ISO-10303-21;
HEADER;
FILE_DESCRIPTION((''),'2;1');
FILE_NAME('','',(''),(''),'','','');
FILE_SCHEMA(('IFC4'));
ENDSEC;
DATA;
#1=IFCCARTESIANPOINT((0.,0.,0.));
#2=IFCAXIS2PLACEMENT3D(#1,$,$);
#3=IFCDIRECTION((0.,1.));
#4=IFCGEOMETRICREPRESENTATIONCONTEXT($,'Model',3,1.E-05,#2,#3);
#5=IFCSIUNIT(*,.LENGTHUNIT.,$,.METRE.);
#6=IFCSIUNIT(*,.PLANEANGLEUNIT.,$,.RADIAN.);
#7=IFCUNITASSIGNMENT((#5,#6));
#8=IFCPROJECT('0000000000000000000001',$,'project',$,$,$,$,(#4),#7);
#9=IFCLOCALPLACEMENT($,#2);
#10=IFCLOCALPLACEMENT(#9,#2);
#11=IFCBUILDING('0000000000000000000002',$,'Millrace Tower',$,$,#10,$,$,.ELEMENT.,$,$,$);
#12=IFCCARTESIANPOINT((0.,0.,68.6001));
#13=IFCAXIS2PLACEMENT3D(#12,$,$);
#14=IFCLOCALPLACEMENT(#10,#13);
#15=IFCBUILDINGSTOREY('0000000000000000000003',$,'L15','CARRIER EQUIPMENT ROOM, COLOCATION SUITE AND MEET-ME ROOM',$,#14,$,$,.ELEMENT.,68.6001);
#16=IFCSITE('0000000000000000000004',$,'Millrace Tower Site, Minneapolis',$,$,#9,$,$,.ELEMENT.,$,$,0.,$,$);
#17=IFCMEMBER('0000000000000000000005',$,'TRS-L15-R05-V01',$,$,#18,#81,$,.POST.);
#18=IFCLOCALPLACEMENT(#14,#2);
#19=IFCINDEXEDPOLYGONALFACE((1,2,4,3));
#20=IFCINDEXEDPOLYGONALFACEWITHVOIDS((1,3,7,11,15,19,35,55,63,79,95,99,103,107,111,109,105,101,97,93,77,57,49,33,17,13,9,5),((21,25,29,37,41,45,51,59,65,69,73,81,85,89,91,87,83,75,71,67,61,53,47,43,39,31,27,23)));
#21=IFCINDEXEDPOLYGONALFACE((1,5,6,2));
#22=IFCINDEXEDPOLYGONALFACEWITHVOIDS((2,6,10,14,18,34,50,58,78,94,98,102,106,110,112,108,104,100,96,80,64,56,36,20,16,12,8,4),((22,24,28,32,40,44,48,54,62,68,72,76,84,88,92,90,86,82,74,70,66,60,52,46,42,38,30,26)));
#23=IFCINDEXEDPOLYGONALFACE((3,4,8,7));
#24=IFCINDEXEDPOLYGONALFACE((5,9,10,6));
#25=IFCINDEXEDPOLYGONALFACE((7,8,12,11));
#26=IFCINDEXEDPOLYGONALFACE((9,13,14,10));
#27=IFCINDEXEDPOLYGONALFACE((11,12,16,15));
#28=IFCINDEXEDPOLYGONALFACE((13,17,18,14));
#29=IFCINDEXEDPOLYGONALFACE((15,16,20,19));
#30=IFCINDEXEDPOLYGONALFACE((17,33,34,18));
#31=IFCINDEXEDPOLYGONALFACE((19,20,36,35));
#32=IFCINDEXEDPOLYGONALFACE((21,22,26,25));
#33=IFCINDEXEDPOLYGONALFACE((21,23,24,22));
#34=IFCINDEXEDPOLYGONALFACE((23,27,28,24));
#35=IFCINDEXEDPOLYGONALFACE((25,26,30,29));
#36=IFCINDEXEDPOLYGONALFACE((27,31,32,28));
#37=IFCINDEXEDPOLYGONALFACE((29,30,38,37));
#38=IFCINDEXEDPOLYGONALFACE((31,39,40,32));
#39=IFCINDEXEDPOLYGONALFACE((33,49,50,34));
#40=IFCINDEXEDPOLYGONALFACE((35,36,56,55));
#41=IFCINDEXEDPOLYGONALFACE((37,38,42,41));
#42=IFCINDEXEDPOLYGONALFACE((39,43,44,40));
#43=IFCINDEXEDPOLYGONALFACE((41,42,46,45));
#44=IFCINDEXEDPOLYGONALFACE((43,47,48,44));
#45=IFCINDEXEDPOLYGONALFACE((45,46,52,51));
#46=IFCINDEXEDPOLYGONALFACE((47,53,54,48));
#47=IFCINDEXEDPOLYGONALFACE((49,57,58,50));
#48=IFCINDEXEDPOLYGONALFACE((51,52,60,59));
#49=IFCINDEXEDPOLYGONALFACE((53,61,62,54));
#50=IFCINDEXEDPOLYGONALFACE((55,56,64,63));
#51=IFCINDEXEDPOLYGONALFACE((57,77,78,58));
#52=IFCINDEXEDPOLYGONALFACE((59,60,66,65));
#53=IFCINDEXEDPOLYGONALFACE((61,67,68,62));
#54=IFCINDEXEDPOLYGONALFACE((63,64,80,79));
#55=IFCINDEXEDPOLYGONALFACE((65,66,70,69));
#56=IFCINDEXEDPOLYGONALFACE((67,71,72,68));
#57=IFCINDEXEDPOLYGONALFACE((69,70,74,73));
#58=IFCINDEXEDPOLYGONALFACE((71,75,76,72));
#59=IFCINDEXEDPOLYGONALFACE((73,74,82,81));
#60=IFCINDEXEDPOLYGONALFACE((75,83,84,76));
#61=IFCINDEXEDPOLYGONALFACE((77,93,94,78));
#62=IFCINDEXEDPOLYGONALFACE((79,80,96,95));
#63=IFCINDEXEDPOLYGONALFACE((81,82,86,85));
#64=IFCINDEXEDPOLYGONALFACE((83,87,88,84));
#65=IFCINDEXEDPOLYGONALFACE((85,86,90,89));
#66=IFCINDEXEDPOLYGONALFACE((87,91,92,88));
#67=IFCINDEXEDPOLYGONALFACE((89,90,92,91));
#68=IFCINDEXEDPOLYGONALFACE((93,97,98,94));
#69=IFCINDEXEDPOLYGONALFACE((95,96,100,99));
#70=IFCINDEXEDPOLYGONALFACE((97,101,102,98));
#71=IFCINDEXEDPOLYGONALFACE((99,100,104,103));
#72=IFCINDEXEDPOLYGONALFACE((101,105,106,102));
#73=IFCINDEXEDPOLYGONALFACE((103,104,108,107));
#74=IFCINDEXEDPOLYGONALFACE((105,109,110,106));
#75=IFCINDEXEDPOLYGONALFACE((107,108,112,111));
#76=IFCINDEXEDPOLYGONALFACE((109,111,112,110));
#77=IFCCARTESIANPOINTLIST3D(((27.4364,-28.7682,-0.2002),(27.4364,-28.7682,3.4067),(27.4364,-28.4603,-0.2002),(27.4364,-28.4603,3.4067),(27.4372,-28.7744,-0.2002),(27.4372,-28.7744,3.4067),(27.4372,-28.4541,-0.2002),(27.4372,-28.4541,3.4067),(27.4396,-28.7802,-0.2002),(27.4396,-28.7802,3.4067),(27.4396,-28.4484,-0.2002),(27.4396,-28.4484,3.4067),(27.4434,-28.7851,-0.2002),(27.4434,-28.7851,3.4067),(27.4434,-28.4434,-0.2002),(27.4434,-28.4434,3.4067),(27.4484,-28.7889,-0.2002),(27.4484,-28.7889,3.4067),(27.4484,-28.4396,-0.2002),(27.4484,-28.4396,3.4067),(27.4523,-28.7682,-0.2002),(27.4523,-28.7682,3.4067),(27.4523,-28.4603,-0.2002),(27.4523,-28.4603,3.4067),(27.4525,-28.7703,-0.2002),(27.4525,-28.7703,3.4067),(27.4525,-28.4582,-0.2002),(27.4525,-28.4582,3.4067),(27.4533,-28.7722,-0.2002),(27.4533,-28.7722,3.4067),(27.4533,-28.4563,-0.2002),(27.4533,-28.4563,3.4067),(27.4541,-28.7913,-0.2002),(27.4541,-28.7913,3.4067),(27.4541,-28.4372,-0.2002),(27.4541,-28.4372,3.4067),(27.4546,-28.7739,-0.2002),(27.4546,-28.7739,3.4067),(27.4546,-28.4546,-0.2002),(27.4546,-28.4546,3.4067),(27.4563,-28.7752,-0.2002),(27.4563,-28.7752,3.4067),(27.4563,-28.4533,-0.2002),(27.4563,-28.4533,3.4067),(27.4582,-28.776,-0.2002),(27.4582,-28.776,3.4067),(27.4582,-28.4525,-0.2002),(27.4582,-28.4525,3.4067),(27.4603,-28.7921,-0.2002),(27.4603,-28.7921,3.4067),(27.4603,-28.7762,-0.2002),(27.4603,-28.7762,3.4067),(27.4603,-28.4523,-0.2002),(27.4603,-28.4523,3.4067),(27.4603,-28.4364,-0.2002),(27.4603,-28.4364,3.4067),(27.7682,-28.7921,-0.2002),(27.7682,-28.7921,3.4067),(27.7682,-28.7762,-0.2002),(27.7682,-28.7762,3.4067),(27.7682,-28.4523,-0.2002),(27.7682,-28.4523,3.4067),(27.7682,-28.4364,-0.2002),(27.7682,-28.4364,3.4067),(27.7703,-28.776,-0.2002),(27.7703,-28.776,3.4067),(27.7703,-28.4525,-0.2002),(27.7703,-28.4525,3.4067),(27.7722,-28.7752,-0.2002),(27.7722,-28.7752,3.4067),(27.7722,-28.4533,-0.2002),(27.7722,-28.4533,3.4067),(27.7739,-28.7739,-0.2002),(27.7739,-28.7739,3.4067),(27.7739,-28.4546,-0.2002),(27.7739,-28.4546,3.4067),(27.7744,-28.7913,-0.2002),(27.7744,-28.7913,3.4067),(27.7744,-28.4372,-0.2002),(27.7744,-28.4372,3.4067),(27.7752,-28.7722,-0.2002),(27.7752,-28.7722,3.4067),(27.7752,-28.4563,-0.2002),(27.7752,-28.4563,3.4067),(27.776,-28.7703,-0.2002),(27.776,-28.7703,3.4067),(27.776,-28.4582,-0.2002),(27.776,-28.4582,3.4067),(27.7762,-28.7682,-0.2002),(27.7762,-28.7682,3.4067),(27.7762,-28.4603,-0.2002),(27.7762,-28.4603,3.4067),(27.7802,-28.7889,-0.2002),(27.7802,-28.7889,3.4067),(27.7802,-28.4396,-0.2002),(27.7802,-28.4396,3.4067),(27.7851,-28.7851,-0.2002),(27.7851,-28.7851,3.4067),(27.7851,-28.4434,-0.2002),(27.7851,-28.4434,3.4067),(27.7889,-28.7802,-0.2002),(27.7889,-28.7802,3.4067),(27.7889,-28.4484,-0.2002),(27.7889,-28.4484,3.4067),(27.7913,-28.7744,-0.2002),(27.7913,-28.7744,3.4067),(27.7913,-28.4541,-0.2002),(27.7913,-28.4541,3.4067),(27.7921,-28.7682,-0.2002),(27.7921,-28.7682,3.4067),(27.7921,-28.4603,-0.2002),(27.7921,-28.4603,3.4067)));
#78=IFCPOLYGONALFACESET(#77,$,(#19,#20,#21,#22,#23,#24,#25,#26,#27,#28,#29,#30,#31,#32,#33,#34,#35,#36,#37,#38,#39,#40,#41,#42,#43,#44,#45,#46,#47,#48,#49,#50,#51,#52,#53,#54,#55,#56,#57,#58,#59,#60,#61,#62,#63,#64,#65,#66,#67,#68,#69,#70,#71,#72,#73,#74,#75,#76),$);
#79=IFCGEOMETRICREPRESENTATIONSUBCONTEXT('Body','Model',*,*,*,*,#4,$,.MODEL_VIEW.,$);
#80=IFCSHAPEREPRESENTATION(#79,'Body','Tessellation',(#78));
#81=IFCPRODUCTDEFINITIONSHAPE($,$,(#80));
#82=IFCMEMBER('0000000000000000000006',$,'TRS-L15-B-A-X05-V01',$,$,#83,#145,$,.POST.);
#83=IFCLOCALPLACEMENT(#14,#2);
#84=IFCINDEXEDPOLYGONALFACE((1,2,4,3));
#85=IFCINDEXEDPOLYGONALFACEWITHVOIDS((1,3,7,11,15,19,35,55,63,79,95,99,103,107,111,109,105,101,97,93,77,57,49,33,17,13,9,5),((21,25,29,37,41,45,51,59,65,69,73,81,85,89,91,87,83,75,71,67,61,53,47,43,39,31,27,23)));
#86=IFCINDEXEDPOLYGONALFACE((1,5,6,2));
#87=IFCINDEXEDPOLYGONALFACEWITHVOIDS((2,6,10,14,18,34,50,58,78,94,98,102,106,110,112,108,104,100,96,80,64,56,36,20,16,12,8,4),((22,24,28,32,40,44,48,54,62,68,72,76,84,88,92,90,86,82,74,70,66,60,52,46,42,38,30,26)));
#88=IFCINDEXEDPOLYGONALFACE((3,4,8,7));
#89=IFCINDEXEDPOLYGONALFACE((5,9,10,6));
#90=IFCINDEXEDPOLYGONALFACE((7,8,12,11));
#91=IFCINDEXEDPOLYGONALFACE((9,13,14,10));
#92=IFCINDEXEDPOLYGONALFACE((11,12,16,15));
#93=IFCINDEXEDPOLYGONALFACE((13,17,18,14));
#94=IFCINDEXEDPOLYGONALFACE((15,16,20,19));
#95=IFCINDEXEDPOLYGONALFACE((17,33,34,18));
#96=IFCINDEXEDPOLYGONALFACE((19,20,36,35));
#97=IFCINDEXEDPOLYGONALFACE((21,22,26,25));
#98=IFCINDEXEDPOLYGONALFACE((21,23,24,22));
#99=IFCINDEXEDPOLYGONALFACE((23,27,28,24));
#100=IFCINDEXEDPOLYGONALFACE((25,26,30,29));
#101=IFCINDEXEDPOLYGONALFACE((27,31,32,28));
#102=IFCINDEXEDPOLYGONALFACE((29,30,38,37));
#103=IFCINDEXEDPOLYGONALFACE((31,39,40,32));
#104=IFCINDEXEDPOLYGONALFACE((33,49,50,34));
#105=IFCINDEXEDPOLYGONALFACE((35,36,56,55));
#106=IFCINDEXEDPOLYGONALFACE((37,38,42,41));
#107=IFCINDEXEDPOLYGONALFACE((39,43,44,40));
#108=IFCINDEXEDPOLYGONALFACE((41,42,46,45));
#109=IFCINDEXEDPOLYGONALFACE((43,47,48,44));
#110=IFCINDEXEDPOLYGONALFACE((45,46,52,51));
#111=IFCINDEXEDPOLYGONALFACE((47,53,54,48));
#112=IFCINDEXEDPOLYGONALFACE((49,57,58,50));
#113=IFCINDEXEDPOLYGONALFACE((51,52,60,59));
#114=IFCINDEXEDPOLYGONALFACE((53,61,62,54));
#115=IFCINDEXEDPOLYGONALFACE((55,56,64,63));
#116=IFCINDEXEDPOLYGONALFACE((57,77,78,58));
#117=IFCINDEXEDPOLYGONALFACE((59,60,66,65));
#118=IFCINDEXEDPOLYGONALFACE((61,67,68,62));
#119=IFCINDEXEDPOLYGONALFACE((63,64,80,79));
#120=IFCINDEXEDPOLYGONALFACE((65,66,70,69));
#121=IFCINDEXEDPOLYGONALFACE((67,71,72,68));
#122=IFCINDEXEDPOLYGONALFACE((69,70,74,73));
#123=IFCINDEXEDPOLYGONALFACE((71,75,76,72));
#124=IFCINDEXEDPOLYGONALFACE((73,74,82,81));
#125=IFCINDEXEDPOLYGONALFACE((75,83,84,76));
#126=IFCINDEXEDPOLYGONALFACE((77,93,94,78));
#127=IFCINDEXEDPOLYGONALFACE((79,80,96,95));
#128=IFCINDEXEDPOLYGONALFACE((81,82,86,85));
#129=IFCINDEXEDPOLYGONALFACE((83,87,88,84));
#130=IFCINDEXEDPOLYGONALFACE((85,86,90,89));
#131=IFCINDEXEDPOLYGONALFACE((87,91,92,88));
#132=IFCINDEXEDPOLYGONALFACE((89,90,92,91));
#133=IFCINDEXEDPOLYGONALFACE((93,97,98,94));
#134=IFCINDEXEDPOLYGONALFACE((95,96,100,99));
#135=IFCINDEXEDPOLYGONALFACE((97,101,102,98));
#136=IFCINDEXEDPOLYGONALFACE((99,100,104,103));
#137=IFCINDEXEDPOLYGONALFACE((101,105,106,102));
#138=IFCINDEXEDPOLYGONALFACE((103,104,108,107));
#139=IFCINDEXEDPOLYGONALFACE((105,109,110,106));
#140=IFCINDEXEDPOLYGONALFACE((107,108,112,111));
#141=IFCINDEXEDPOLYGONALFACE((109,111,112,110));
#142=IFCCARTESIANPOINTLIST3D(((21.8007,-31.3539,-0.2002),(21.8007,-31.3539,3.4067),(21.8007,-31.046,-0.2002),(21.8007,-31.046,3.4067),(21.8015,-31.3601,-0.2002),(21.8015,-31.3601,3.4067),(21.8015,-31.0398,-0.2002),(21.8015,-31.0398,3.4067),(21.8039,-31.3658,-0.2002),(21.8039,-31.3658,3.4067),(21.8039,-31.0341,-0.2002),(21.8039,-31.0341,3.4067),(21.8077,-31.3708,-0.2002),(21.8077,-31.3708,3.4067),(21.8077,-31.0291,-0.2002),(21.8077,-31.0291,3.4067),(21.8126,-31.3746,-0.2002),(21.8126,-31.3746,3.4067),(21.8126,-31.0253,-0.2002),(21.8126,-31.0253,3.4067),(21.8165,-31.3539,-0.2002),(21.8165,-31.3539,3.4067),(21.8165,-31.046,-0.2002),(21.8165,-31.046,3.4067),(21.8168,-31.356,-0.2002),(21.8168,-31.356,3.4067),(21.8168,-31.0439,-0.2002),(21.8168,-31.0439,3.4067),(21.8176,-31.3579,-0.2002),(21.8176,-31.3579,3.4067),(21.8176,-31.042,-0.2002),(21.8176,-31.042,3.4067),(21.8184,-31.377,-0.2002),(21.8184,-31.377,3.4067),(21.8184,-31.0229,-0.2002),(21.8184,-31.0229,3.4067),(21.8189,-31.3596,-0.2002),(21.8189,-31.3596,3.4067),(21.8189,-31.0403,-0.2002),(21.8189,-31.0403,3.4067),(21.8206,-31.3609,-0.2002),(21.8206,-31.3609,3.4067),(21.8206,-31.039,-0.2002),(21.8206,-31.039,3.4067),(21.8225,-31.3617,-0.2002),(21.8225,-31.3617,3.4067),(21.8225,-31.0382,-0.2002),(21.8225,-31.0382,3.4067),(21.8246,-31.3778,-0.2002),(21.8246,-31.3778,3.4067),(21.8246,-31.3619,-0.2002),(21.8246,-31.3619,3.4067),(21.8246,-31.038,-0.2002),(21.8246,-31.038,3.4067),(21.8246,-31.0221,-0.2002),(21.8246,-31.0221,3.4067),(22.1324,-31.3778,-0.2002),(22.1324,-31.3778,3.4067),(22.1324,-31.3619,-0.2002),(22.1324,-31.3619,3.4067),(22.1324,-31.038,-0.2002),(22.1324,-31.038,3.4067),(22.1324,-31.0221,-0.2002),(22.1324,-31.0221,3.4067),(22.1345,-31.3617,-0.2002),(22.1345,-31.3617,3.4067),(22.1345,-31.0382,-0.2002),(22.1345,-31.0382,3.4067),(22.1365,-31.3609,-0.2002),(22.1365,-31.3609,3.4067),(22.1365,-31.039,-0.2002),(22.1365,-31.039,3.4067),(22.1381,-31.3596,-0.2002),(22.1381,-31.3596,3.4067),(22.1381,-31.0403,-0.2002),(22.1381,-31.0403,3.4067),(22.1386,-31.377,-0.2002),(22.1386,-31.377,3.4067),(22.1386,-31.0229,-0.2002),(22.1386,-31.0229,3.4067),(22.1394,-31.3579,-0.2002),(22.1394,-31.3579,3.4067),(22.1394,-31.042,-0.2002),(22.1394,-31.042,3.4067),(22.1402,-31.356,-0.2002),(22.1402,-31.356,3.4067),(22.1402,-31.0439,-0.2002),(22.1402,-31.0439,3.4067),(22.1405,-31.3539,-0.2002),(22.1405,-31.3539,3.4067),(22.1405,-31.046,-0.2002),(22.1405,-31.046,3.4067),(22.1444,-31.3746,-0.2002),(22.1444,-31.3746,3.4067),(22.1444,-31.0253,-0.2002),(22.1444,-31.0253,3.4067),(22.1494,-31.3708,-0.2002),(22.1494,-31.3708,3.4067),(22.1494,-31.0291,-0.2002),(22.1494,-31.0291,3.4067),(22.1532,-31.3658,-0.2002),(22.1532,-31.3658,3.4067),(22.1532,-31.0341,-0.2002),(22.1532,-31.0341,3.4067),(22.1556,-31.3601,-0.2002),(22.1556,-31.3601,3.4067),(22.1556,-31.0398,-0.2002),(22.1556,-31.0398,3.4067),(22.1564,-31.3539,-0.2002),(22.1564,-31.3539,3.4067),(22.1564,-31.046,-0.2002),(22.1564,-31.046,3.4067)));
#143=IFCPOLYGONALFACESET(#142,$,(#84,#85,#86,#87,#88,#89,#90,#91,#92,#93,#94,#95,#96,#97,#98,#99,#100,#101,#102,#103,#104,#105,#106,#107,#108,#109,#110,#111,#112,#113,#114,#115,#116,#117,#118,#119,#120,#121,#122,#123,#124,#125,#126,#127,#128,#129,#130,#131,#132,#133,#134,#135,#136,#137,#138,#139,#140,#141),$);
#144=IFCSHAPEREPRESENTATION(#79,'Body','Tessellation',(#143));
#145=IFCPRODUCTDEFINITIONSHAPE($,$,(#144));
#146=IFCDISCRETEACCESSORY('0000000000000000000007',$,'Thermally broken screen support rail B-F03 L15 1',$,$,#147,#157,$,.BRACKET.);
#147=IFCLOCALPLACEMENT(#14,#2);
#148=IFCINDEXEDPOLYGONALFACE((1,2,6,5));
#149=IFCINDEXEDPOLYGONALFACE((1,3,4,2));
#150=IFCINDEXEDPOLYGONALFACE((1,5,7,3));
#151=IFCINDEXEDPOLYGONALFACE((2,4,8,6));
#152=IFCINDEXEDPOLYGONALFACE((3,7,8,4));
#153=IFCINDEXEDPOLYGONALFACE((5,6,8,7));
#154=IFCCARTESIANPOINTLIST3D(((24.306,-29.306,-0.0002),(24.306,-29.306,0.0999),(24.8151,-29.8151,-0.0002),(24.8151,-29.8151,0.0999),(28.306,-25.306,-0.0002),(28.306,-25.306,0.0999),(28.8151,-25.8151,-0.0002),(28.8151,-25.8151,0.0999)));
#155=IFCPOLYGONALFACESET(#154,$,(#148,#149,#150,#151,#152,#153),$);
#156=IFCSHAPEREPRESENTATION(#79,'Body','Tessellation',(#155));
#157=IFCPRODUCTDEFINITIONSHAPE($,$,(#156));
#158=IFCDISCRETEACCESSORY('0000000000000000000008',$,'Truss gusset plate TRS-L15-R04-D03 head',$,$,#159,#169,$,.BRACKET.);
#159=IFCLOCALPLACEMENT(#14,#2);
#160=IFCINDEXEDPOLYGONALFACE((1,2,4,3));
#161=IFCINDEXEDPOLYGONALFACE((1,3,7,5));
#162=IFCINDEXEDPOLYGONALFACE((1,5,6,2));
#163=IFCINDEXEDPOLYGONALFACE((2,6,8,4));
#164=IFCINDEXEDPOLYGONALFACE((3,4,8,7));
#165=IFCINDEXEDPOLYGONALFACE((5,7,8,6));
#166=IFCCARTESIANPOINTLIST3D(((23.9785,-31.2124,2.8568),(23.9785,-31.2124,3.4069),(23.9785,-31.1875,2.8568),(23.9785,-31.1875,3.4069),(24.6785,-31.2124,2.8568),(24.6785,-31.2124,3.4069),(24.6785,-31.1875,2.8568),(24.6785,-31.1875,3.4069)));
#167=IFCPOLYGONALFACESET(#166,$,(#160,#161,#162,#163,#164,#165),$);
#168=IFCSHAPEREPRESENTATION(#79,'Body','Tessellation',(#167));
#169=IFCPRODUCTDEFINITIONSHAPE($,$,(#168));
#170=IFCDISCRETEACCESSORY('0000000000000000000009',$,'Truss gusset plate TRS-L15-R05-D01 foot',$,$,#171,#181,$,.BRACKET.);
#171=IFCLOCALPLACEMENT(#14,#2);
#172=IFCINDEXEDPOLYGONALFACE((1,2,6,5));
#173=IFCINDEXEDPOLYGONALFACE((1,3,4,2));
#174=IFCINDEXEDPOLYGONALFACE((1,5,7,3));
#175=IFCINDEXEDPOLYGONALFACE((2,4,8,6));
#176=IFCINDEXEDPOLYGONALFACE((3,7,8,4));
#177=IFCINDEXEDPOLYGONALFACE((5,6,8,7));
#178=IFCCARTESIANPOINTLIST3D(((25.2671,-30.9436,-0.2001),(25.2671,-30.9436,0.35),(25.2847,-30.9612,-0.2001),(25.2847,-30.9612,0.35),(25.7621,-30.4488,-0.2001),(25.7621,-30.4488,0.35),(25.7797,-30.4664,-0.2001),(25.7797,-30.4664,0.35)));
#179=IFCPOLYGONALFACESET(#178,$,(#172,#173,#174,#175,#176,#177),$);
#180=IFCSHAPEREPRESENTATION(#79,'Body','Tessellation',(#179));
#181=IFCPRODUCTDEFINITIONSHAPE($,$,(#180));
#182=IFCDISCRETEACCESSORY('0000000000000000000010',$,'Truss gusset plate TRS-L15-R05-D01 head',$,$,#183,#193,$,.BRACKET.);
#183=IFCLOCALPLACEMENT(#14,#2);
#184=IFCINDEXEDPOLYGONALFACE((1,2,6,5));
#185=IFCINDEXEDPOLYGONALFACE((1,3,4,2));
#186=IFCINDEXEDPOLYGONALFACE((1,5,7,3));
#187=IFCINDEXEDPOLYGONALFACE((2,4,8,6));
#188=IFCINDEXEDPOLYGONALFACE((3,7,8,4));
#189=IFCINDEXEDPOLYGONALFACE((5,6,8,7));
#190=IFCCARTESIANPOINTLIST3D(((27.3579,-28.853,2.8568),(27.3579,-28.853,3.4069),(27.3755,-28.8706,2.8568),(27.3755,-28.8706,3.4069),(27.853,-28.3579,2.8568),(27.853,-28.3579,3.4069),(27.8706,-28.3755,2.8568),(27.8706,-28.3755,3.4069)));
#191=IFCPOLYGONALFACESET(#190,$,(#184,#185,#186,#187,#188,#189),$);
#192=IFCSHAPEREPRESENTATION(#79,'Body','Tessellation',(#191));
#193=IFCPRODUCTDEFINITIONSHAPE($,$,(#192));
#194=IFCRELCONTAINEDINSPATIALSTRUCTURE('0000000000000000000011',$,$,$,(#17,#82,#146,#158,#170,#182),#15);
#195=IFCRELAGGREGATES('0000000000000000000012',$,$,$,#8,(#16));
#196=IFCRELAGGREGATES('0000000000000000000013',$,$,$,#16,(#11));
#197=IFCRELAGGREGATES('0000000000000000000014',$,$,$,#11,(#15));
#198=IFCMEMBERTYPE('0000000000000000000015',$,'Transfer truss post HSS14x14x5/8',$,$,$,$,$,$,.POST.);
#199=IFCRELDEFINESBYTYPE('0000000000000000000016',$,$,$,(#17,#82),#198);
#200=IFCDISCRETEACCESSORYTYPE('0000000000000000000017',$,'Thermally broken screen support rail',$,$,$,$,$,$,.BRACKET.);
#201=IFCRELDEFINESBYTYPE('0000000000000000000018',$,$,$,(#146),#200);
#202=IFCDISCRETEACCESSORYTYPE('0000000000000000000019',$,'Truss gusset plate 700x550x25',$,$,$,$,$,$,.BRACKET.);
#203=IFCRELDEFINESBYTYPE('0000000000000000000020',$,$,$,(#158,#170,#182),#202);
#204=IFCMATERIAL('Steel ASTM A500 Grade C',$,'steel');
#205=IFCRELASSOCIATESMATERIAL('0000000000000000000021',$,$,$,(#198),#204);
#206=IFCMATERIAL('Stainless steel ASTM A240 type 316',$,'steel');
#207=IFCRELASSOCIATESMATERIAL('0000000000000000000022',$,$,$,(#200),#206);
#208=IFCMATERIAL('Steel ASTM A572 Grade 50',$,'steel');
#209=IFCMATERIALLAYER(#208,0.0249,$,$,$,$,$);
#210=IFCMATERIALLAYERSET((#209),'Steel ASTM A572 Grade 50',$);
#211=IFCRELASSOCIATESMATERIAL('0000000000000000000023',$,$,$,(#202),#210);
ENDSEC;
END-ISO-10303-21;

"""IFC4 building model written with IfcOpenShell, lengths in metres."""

from ifc_helpers import new_model, si_unit, direction, frame, origin, origin_2d, place, context, subcontext, project, spatial, rectangle, hollow_rectangle, extrude, material, layer, layer_set, material_profile, profile_set, type_object, element, save


model = new_model("IFC4")

# Units and contexts
model_context = context("Model", 3, precision=1e-05, world=origin(), true_north=direction((0.0, 1.0)))
body_context = subcontext(model_context, "Body", "Model", "MODEL_VIEW")
ifc_project = project(units=[si_unit("LENGTHUNIT", "METRE"), si_unit("PLANEANGLEUNIT", "RADIAN")], contexts=[model_context])

# Site, building, storey
site_placement = place(None, origin())
site = spatial("IfcSite", under=ifc_project, at=site_placement, Name="Millrace Tower Site, Minneapolis", CompositionType="ELEMENT", RefElevation=0.0)
building_placement = place(site_placement, origin())
building = spatial("IfcBuilding", under=site, at=building_placement, Name="Millrace Tower", CompositionType="ELEMENT")
storey_placement = place(building_placement, frame((0.0, 0.0, 68.6001)))
storey = spatial("IfcBuildingStorey", under=building, at=storey_placement, Name="L15", Description="CARRIER EQUIPMENT ROOM, COLOCATION SUITE AND MEET-ME ROOM", CompositionType="ELEMENT", Elevation=68.6001)

# Members
ifc_material_1 = material(Name="Steel ASTM A500 Grade C", Category="steel")
ifc_material_profile_1 = material_profile(ifc_material_1, hollow_rectangle(XDim=0.3557, YDim=0.3557, WallThickness=0.0159, InnerFilletRadius=0.0081, OuterFilletRadius=0.0239, at=origin_2d()))
ifc_profile_set_1 = profile_set([ifc_material_profile_1], Name="Steel ASTM A500 Grade C")
member_type_1 = type_object("IfcMemberType", Name="Transfer truss post HSS14x14x5/8", PredefinedType="POST", material=ifc_profile_set_1)
for number, where, z_axis, x_axis, name in (
    (1, (27.6143, -28.6143, -0.2002), (0.0, 0.0, 1.0), (1.0, 0.0, 0.0), "TRS-L15-R05-V01"),
    (2, (21.9785, -31.2, -0.2002), (0.0, 0.0, 1.0), (1.0, 0.0, 0.0), "TRS-L15-B-A-X05-V01"),
):
    element("IfcMember", number, at=place(storey_placement, frame(where, z_axis=z_axis, x_axis=x_axis)), inside=storey, type_object=member_type_1, Name=name, PredefinedType="POST", context=body_context, shape_type="SweptSolid", body=[
        extrude(hollow_rectangle(XDim=0.3557, YDim=0.3557, WallThickness=0.0159, InnerFilletRadius=0.0081, OuterFilletRadius=0.0239, at=origin_2d()), origin(), (0.0, 0.0, 1.0), 3.6069),
    ])

# Discrete accessories
ifc_material_2 = material(Name="Stainless steel ASTM A240 type 316", Category="steel")
discrete_accessory_type_1 = type_object("IfcDiscreteAccessoryType", Name="Thermally broken screen support rail", PredefinedType="BRACKET", material=ifc_material_2)
discrete_accessory_1_placement = place(storey_placement, frame((26.5605, -27.5605, -0.0002), z_axis=(0.0, 0.0, 1.0), x_axis=(0.707107, 0.707107, 0.0)))
element("IfcDiscreteAccessory", 3, at=discrete_accessory_1_placement, inside=storey, type_object=discrete_accessory_type_1, Name="Thermally broken screen support rail B-F03 L15 1", PredefinedType="BRACKET", context=body_context, shape_type="SweptSolid", body=[
    extrude(rectangle(XDim=5.6567, YDim=0.72, at=origin_2d()), origin(), (0.0, 0.0, 1.0), 0.1001),
])
ifc_material_3 = material(Name="Steel ASTM A572 Grade 50", Category="steel")
ifc_layer_1 = layer(ifc_material_3, 0.0249)
ifc_layer_set_1 = layer_set([ifc_layer_1], Name="Steel ASTM A572 Grade 50")
discrete_accessory_type_2 = type_object("IfcDiscreteAccessoryType", Name="Truss gusset plate 700x550x25", PredefinedType="BRACKET", material=ifc_layer_set_1)
for number, where, z_axis, x_axis, name in (
    (4, (23.9785, -31.2, 3.1318), (1.0, 0.0, 0.0), (0.0, 1.0, 0.0), "Truss gusset plate TRS-L15-R04-D03 head"),
    (5, (25.2759, -30.9524, 0.075), (0.707281, 0.706932, 0.0), (-0.706932, 0.707281, 0.0), "Truss gusset plate TRS-L15-R05-D01 foot"),
):
    element("IfcDiscreteAccessory", number, at=place(storey_placement, frame(where, z_axis=z_axis, x_axis=x_axis)), inside=storey, type_object=discrete_accessory_type_2, Name=name, PredefinedType="BRACKET", context=body_context, shape_type="SweptSolid", body=[
        extrude(rectangle(XDim=0.0249, YDim=0.55, at=origin_2d()), origin(), (0.0, 0.0, 1.0), 0.7),
    ])
discrete_accessory_2_placement = place(storey_placement, frame((27.3667, -28.8618, 3.1318), z_axis=(0.707107, 0.707107, 0.0), x_axis=(-0.707107, 0.707107, 0.0)))
element("IfcDiscreteAccessory", 6, at=discrete_accessory_2_placement, inside=storey, type_object=discrete_accessory_type_2, Name="Truss gusset plate TRS-L15-R05-D01 head", PredefinedType="BRACKET", context=body_context, shape_type="SweptSolid", body=[
    extrude(rectangle(XDim=0.0249, YDim=0.55, at=origin_2d()), origin(), (0.0, 0.0, 1.0), 0.7002),
])

save(model, "model.ifc")
